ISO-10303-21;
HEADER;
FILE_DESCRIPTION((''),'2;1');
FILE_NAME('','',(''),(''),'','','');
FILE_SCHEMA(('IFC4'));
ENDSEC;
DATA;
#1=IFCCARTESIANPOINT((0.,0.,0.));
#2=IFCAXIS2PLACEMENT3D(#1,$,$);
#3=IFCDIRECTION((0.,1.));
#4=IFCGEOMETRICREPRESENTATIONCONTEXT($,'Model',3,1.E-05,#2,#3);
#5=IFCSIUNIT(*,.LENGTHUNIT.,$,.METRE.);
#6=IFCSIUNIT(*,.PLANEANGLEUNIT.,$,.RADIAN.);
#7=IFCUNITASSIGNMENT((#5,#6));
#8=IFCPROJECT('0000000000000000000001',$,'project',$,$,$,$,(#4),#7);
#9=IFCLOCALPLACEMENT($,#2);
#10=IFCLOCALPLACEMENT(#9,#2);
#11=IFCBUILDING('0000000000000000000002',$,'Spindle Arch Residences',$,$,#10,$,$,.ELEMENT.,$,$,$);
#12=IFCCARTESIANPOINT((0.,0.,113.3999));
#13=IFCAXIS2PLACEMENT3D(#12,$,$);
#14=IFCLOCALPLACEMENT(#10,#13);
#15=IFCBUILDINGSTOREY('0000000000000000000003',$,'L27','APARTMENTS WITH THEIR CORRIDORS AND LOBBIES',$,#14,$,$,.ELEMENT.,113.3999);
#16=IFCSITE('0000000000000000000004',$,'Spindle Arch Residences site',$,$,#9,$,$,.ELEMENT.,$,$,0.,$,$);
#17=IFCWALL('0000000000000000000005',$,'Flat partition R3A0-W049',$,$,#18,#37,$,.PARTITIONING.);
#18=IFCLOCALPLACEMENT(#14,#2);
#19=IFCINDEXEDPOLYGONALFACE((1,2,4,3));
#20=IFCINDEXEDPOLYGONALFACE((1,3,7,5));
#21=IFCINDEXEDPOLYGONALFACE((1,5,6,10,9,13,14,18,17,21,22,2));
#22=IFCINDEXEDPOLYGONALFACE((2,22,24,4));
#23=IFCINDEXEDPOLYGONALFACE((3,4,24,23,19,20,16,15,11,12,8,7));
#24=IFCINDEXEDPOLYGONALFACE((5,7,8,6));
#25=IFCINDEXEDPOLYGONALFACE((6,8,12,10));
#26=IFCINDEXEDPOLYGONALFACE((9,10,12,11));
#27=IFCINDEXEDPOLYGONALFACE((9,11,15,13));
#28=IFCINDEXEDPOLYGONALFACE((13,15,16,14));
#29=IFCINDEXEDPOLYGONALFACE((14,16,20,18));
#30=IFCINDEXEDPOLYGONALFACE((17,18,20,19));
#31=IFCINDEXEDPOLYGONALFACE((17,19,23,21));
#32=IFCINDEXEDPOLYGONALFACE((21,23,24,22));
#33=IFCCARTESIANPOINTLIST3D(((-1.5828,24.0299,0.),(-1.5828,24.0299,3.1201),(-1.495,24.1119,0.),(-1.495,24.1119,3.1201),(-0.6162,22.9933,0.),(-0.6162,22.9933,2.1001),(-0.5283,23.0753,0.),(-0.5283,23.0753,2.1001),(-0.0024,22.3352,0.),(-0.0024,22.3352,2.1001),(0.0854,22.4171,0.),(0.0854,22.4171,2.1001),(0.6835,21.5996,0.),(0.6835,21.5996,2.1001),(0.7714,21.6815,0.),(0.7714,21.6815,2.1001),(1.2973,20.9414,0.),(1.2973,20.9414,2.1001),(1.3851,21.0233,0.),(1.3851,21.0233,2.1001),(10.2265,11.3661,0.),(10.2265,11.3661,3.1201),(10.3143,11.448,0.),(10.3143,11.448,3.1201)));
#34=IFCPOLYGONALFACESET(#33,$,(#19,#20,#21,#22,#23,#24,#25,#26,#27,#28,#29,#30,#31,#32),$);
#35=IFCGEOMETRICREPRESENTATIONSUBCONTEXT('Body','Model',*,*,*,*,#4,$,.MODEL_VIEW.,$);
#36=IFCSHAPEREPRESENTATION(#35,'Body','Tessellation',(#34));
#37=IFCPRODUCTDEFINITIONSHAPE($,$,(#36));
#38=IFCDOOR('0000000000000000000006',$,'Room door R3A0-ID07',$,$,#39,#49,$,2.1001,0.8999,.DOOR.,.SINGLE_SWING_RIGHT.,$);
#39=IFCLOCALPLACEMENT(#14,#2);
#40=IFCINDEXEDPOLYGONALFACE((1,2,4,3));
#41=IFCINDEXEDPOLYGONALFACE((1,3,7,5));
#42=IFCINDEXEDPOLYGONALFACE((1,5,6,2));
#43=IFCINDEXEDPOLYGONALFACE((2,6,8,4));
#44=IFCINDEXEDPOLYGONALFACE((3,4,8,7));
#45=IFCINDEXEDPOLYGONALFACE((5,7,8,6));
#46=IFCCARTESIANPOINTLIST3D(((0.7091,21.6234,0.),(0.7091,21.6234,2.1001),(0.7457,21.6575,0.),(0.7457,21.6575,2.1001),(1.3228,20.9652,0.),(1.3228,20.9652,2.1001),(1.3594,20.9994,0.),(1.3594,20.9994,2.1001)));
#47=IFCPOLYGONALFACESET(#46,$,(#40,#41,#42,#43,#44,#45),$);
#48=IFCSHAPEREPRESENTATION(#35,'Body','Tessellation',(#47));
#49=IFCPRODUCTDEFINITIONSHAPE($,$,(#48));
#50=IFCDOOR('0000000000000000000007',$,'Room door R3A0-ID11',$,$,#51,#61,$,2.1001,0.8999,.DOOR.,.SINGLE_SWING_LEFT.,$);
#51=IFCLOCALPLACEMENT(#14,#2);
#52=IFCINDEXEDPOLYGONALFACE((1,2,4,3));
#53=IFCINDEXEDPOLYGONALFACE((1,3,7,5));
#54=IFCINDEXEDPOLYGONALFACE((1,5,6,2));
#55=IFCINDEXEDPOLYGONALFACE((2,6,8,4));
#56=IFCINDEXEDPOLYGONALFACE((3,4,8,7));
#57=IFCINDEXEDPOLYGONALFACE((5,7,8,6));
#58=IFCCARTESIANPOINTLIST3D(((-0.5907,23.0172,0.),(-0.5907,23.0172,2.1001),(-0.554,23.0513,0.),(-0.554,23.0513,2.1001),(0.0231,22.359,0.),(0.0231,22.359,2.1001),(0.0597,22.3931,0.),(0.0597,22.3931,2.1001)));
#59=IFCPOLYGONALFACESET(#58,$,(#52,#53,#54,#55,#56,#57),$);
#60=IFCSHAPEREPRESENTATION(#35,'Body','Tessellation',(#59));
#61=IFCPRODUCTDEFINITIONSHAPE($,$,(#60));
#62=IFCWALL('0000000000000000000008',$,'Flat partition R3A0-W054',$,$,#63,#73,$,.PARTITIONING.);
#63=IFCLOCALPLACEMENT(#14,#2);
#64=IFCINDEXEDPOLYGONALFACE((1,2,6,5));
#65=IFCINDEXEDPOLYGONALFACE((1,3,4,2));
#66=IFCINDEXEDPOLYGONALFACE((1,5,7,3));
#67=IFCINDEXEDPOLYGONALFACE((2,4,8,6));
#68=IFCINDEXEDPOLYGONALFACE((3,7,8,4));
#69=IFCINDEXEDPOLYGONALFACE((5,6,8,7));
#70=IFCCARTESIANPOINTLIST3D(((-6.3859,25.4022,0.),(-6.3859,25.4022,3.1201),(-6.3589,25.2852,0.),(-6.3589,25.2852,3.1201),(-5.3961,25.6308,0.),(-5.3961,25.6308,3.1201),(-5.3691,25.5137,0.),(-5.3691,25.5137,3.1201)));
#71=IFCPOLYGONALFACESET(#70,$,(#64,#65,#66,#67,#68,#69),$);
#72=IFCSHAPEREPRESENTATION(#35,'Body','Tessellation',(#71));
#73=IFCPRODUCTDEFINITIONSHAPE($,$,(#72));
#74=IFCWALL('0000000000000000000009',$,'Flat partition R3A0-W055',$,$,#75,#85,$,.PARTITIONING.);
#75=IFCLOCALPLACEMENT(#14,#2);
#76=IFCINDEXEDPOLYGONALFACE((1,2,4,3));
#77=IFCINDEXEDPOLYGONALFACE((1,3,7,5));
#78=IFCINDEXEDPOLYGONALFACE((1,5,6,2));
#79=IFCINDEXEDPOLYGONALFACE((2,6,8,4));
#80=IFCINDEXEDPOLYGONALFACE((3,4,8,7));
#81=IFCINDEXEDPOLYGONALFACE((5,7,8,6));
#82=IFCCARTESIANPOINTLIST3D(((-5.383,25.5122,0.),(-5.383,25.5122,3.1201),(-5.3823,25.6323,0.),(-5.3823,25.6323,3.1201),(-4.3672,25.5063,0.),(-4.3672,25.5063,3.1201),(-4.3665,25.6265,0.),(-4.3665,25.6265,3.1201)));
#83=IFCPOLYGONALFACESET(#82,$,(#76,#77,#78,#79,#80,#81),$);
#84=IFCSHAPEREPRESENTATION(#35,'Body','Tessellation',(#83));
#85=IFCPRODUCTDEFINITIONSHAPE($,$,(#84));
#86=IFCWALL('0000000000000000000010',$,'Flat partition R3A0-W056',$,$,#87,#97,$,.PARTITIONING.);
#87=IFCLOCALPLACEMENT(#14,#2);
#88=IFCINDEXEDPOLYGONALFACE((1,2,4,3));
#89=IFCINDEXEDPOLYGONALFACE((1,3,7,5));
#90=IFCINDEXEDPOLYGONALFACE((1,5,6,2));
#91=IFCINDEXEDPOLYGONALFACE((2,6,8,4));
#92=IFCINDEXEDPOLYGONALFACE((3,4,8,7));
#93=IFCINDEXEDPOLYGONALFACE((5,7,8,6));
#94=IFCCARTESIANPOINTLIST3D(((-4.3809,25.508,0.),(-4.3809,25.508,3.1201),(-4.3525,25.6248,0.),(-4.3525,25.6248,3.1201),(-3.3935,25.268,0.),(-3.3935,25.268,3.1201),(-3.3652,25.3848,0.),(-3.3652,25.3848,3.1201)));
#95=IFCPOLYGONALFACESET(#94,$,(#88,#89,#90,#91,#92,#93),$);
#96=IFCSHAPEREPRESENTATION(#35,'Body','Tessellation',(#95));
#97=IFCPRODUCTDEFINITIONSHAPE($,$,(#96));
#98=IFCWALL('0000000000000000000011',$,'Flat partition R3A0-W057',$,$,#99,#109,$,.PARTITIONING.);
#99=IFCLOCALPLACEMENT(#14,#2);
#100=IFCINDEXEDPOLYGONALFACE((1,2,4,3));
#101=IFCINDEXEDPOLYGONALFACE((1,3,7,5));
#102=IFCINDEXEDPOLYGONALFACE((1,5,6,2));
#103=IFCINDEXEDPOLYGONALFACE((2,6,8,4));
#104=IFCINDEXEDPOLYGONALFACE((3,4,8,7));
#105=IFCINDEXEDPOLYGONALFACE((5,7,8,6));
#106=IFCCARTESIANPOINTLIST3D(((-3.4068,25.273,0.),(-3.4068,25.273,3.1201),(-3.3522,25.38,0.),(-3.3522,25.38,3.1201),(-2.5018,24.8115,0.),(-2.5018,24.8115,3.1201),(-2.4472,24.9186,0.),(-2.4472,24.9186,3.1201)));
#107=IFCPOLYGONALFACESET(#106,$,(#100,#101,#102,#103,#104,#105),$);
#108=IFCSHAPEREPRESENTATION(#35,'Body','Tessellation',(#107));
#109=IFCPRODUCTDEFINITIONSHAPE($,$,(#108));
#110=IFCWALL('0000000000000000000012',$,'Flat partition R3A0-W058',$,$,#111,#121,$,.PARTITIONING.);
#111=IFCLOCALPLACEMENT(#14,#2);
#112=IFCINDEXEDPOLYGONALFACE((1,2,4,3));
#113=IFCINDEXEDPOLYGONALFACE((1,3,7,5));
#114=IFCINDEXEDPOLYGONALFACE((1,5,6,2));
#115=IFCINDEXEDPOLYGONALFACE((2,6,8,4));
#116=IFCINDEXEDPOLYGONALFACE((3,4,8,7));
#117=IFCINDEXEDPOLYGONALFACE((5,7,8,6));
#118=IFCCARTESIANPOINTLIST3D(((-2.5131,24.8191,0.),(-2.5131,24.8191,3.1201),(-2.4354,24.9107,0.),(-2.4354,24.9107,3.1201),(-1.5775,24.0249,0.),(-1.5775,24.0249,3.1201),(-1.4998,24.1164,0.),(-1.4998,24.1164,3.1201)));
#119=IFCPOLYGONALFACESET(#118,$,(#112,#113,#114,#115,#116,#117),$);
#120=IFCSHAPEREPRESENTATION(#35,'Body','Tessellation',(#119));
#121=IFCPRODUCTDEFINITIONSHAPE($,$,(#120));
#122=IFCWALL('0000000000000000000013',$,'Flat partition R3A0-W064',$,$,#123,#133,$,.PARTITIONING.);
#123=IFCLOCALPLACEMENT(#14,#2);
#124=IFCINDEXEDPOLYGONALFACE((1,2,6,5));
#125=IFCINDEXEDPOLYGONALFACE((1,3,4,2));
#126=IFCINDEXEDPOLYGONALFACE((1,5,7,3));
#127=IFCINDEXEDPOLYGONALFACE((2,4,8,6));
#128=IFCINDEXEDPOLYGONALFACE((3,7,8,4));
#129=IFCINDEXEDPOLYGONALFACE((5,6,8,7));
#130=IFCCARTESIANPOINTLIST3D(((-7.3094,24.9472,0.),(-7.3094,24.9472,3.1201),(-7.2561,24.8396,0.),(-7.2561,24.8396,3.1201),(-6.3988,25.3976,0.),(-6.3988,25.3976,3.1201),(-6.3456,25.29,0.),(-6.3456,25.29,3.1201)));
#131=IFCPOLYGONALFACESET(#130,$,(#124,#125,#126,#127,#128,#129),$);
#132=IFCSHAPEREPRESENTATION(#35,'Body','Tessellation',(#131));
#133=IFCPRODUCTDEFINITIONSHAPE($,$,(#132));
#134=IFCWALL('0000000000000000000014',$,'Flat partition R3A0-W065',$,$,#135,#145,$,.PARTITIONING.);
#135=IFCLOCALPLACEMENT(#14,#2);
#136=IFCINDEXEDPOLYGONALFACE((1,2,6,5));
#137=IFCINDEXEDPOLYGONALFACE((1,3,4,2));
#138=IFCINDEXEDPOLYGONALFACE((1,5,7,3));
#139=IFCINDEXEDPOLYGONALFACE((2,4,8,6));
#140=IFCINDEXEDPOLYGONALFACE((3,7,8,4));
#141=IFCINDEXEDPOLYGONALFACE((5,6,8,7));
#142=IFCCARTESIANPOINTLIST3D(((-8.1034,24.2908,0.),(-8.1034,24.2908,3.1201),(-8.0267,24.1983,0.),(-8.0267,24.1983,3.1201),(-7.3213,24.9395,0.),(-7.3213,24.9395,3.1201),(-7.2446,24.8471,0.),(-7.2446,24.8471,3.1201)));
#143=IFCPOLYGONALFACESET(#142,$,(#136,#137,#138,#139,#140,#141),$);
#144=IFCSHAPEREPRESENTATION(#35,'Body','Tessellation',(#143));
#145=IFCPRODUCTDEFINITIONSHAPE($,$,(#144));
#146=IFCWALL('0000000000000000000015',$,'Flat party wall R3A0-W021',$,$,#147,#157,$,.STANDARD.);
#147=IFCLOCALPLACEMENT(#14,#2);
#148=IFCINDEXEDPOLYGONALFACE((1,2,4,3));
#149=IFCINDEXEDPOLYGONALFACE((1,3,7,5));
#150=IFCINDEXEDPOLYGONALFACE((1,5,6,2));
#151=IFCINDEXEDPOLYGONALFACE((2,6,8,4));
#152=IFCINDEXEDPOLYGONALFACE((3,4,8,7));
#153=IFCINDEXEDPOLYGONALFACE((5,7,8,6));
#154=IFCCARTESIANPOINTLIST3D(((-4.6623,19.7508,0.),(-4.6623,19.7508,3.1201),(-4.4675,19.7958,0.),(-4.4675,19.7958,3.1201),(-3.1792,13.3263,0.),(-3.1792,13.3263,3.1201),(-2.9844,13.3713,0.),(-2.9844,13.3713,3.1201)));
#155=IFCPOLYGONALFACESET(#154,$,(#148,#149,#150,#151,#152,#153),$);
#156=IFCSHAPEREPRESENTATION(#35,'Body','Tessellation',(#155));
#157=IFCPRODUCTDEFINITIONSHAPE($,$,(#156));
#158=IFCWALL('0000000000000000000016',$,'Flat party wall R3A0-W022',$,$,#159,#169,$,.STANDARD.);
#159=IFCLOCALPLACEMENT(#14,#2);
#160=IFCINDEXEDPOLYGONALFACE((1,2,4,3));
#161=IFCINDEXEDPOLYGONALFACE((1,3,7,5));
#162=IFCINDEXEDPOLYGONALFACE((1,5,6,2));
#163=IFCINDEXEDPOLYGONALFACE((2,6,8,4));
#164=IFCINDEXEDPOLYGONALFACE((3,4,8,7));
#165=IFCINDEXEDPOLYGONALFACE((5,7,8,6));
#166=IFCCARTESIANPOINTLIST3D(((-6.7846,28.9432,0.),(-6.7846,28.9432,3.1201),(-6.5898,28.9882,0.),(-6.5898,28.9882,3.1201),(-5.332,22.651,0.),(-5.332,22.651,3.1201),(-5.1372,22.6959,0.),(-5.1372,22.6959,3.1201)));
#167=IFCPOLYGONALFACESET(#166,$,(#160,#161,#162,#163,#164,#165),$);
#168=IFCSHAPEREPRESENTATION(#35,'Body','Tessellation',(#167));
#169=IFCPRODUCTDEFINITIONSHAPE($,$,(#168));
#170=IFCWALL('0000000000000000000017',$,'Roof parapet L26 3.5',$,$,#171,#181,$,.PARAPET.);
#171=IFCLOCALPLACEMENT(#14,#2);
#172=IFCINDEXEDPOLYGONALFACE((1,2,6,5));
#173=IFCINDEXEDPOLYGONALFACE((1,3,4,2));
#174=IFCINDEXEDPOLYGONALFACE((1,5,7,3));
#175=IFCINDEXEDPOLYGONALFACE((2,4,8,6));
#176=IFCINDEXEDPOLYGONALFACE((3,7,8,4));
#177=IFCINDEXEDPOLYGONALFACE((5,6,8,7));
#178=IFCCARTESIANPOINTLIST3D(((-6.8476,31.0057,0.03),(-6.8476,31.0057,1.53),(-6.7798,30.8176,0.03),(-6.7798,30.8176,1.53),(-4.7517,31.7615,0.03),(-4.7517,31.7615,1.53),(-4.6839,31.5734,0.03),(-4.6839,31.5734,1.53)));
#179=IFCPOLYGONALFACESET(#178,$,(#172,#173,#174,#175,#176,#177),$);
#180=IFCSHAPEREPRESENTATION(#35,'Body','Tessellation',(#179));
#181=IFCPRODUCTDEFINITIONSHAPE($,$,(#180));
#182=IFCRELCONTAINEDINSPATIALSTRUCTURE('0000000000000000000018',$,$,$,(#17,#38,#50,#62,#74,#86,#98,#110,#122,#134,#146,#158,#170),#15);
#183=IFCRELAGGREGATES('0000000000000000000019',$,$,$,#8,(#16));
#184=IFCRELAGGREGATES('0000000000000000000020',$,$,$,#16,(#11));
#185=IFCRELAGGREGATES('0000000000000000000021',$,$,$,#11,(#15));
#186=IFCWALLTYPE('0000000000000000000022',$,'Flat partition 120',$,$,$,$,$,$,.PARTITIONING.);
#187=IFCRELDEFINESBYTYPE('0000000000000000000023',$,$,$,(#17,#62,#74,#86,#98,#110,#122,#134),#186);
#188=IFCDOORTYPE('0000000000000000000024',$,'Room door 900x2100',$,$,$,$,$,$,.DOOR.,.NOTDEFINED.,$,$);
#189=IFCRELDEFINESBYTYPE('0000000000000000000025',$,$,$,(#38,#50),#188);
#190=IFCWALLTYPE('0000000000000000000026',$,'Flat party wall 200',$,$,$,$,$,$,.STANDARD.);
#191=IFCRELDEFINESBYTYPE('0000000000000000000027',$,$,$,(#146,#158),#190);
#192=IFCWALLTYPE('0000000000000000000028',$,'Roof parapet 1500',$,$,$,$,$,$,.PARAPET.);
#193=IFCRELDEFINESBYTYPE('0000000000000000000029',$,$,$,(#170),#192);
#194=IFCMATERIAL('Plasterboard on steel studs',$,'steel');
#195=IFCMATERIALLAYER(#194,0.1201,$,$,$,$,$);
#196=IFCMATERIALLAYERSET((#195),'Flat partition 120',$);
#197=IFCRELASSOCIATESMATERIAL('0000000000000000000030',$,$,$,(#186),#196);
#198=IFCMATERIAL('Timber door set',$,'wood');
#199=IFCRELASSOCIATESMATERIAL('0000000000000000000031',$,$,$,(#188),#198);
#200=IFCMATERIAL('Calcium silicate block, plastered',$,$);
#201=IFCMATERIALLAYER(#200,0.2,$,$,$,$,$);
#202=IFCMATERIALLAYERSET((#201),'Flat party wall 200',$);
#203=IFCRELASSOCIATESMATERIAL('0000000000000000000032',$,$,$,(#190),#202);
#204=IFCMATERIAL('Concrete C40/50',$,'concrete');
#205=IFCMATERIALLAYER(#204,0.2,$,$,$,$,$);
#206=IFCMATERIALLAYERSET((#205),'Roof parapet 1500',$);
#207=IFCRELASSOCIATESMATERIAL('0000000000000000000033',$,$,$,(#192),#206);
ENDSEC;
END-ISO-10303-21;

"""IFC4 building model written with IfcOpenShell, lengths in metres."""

from ifc_helpers import new_model, si_unit, direction, frame, frame_2d, origin, place, context, subcontext, project, spatial, rectangle, extrude, material, layer, layer_set, type_object, element, fill, save


model = new_model("IFC4")

# Units and contexts
model_context = context("Model", 3, precision=1e-05, world=origin(), true_north=direction((0.0, 1.0)))
body_context = subcontext(model_context, "Body", "Model", "MODEL_VIEW")
ifc_project = project(units=[si_unit("LENGTHUNIT", "METRE"), si_unit("PLANEANGLEUNIT", "RADIAN")], contexts=[model_context])

# Site, building, storey
site_placement = place(None, origin())
site = spatial("IfcSite", under=ifc_project, at=site_placement, Name="Spindle Arch Residences site", CompositionType="ELEMENT", RefElevation=0.0)
building_placement = place(site_placement, origin())
building = spatial("IfcBuilding", under=site, at=building_placement, Name="Spindle Arch Residences", CompositionType="ELEMENT")
storey_placement = place(building_placement, frame((0.0, 0.0, 113.3999)))
storey = spatial("IfcBuildingStorey", under=building, at=storey_placement, Name="L27", Description="APARTMENTS WITH THEIR CORRIDORS AND LOBBIES", CompositionType="ELEMENT", Elevation=113.3999)

# Shared definitions
ifc_material_1 = material(Name="Plasterboard on steel studs", Category="steel")
ifc_layer_1 = layer(ifc_material_1, 0.1201)
ifc_layer_set_1 = layer_set([ifc_layer_1], Name="Flat partition 120")
wall_type_1 = type_object("IfcWallType", Name="Flat partition 120", PredefinedType="PARTITIONING", material=ifc_layer_set_1)

# Wall, openings, doors
wall_1_placement = place(storey_placement, frame((-1.5388, 24.0708, 0.0), z_axis=(0.0, 0.0, 1.0), x_axis=(0.682002, -0.73135, 0.0)))
wall_1 = element("IfcWall", 1, at=wall_1_placement, inside=storey, type_object=wall_type_1, Name="Flat partition R3A0-W049", PredefinedType="PARTITIONING", context=body_context, shape_type="SweptSolid", body=[
    extrude(rectangle(XDim=17.3157, YDim=0.1201, at=frame_2d((8.6577, 0.0))), origin(), (0.0, 0.0, 1.0), 3.1201),
])
opening_1_placement = place(wall_1_placement, frame((3.323, 0.0, 0.0)))
opening_1 = element("IfcOpeningElement", 2, at=opening_1_placement, cuts=wall_1, PredefinedType="OPENING", context=body_context, shape_type="SweptSolid", body=[
    extrude(rectangle(XDim=0.8999, YDim=2.1001, at=frame_2d((0.45, 1.05))), frame((0.0, 0.0701, 0.0), z_axis=(0.0, -1.0, 0.0), x_axis=(1.0, 0.0, 0.0)), (0.0, 0.0, 1.0), 0.1401),
])
opening_2_placement = place(wall_1_placement, frame((1.4172, 0.0, 0.0)))
opening_2 = element("IfcOpeningElement", 3, at=opening_2_placement, cuts=wall_1, PredefinedType="OPENING", context=body_context, shape_type="SweptSolid", body=[
    extrude(rectangle(XDim=0.8999, YDim=2.1001, at=frame_2d((0.45, 1.05))), frame((0.0, 0.0701, 0.0), z_axis=(0.0, -1.0, 0.0), x_axis=(1.0, 0.0, 0.0)), (0.0, 0.0, 1.0), 0.1401),
])
ifc_material_2 = material(Name="Timber door set", Category="wood")
door_type = type_object("IfcDoorType", Name="Room door 900x2100", OperationType="NOTDEFINED", PredefinedType="DOOR", material=ifc_material_2)
door_1_placement = place(opening_1_placement, origin())
door_1 = element("IfcDoor", 4, at=door_1_placement, inside=storey, type_object=door_type, Name="Room door R3A0-ID07", OperationType="SINGLE_SWING_RIGHT", OverallHeight=2.1001, OverallWidth=0.8999, PredefinedType="DOOR", context=body_context, shape_type="SweptSolid", body=[
    extrude(rectangle(XDim=0.8999, YDim=2.1001, at=frame_2d((0.45, 1.05))), frame((0.0, 0.0249, 0.0), z_axis=(0.0, -1.0, 0.0), x_axis=(1.0, 0.0, 0.0)), (0.0, 0.0, 1.0), 0.05),
])
fill(opening_1, door_1)
door_2_placement = place(opening_2_placement, origin())
door_2 = element("IfcDoor", 5, at=door_2_placement, inside=storey, type_object=door_type, Name="Room door R3A0-ID11", OperationType="SINGLE_SWING_LEFT", OverallHeight=2.1001, OverallWidth=0.8999, PredefinedType="DOOR", context=body_context, shape_type="SweptSolid", body=[
    extrude(rectangle(XDim=0.8999, YDim=2.1001, at=frame_2d((0.45, 1.05))), frame((0.0, 0.0249, 0.0), z_axis=(0.0, -1.0, 0.0), x_axis=(1.0, 0.0, 0.0)), (0.0, 0.0, 1.0), 0.05),
])
fill(opening_2, door_2)

# Walls
for number, where, z_axis, x_axis, name in (
    (6, (-6.3723, 25.3438, 0.0), (0.0, 0.0, 1.0), (0.974367, 0.224965, 0.0), "Flat partition R3A0-W054"),
    (7, (-5.3826, 25.5723, 0.0), (0.0, 0.0, 1.0), (0.999983, -0.005768, 0.0), "Flat partition R3A0-W055"),
):
    element("IfcWall", number, at=place(storey_placement, frame(where, z_axis=z_axis, x_axis=x_axis)), inside=storey, type_object=wall_type_1, Name=name, PredefinedType="PARTITIONING", context=body_context, shape_type="SweptSolid", body=[
        extrude(rectangle(XDim=1.0159, YDim=0.1201, at=frame_2d((0.5078, 0.0))), origin(), (0.0, 0.0, 1.0), 3.1201),
    ])
wall_2_placement = place(storey_placement, frame((-4.3667, 25.5664, 0.0), z_axis=(0.0, 0.0, 1.0), x_axis=(0.971705, -0.236198, 0.0)))
element("IfcWall", 8, at=wall_2_placement, inside=storey, type_object=wall_type_1, Name="Flat partition R3A0-W056", PredefinedType="PARTITIONING", context=body_context, shape_type="SweptSolid", body=[
    extrude(rectangle(XDim=1.0161, YDim=0.1201, at=frame_2d((0.5081, 0.0))), origin(), (0.0, 0.0, 1.0), 3.1201),
])
wall_3_placement = place(storey_placement, frame((-3.3794, 25.3264, 0.0), z_axis=(0.0, 0.0, 1.0), x_axis=(0.890891, -0.454217, 0.0)))
element("IfcWall", 9, at=wall_3_placement, inside=storey, type_object=wall_type_1, Name="Flat partition R3A0-W057", PredefinedType="PARTITIONING", context=body_context, shape_type="SweptSolid", body=[
    extrude(rectangle(XDim=1.0159, YDim=0.1201, at=frame_2d((0.5078, 0.0))), origin(), (0.0, 0.0, 1.0), 3.1201),
])
wall_4_placement = place(storey_placement, frame((-2.4744, 24.865, 0.0), z_axis=(0.0, 0.0, 1.0), x_axis=(0.762351, -0.647163, 0.0)))
element("IfcWall", 10, at=wall_4_placement, inside=storey, type_object=wall_type_1, Name="Flat partition R3A0-W058", PredefinedType="PARTITIONING", context=body_context, shape_type="SweptSolid", body=[
    extrude(rectangle(XDim=1.2273, YDim=0.1201, at=frame_2d((0.6138, 0.0))), origin(), (0.0, 0.0, 1.0), 3.1201),
])
wall_5_placement = place(storey_placement, frame((-6.3723, 25.3438, 0.0), z_axis=(0.0, 0.0, 1.0), x_axis=(-0.896341, -0.443365, 0.0)))
element("IfcWall", 11, at=wall_5_placement, inside=storey, type_object=wall_type_1, Name="Flat partition R3A0-W064", PredefinedType="PARTITIONING", context=body_context, shape_type="SweptSolid", body=[
    extrude(rectangle(XDim=1.0159, YDim=0.1201, at=frame_2d((0.5078, 0.0))), origin(), (0.0, 0.0, 1.0), 3.1201),
])
wall_6_placement = place(storey_placement, frame((-7.283, 24.8933, 0.0), z_axis=(0.0, 0.0, 1.0), x_axis=(-0.769657, -0.638457, 0.0)))
element("IfcWall", 12, at=wall_6_placement, inside=storey, type_object=wall_type_1, Name="Flat partition R3A0-W065", PredefinedType="PARTITIONING", context=body_context, shape_type="SweptSolid", body=[
    extrude(rectangle(XDim=1.0161, YDim=0.1201, at=frame_2d((0.5081, 0.0))), origin(), (0.0, 0.0, 1.0), 3.1201),
])
ifc_material_3 = material(Name="Calcium silicate block, plastered")
ifc_layer_2 = layer(ifc_material_3, 0.2)
ifc_layer_set_2 = layer_set([ifc_layer_2], Name="Flat party wall 200")
wall_type_2 = type_object("IfcWallType", Name="Flat party wall 200", PredefinedType="STANDARD", material=ifc_layer_set_2)
wall_7_placement = place(storey_placement, frame((-4.5649, 19.7734, 0.0), z_axis=(0.0, 0.0, 1.0), x_axis=(0.224941, -0.974372, 0.0)))
element("IfcWall", 13, at=wall_7_placement, inside=storey, type_object=wall_type_2, Name="Flat party wall R3A0-W021", PredefinedType="STANDARD", context=body_context, shape_type="SweptSolid", body=[
    extrude(rectangle(XDim=6.5935, YDim=0.2, at=frame_2d((3.2969, 0.0))), origin(), (0.0, 0.0, 1.0), 3.1201),
])
wall_8_placement = place(storey_placement, frame((-6.6873, 28.9658, 0.0), z_axis=(0.0, 0.0, 1.0), x_axis=(0.224945, -0.974371, 0.0)))
element("IfcWall", 14, at=wall_8_placement, inside=storey, type_object=wall_type_2, Name="Flat party wall R3A0-W022", PredefinedType="STANDARD", context=body_context, shape_type="SweptSolid", body=[
    extrude(rectangle(XDim=6.4578, YDim=0.2, at=frame_2d((3.229, 0.0))), origin(), (0.0, 0.0, 1.0), 3.1201),
])
ifc_material_4 = material(Name="Concrete C40/50", Category="concrete")
ifc_layer_3 = layer(ifc_material_4, 0.2)
ifc_layer_set_3 = layer_set([ifc_layer_3], Name="Roof parapet 1500")
wall_type_3 = type_object("IfcWallType", Name="Roof parapet 1500", PredefinedType="PARAPET", material=ifc_layer_set_3)
wall_9_placement = place(storey_placement, frame((-6.8137, 30.9116, 0.03), z_axis=(0.0, 0.0, 1.0), x_axis=(0.940699, 0.339243, 0.0)))
element("IfcWall", 15, at=wall_9_placement, inside=storey, type_object=wall_type_3, Name="Roof parapet L26 3.5", PredefinedType="PARAPET", context=body_context, shape_type="SweptSolid", body=[
    extrude(rectangle(XDim=2.228, YDim=0.2, at=frame_2d((1.114, 0.0))), origin(), (0.0, 0.0, 1.0), 1.5),
])

save(model, "model.ifc")
